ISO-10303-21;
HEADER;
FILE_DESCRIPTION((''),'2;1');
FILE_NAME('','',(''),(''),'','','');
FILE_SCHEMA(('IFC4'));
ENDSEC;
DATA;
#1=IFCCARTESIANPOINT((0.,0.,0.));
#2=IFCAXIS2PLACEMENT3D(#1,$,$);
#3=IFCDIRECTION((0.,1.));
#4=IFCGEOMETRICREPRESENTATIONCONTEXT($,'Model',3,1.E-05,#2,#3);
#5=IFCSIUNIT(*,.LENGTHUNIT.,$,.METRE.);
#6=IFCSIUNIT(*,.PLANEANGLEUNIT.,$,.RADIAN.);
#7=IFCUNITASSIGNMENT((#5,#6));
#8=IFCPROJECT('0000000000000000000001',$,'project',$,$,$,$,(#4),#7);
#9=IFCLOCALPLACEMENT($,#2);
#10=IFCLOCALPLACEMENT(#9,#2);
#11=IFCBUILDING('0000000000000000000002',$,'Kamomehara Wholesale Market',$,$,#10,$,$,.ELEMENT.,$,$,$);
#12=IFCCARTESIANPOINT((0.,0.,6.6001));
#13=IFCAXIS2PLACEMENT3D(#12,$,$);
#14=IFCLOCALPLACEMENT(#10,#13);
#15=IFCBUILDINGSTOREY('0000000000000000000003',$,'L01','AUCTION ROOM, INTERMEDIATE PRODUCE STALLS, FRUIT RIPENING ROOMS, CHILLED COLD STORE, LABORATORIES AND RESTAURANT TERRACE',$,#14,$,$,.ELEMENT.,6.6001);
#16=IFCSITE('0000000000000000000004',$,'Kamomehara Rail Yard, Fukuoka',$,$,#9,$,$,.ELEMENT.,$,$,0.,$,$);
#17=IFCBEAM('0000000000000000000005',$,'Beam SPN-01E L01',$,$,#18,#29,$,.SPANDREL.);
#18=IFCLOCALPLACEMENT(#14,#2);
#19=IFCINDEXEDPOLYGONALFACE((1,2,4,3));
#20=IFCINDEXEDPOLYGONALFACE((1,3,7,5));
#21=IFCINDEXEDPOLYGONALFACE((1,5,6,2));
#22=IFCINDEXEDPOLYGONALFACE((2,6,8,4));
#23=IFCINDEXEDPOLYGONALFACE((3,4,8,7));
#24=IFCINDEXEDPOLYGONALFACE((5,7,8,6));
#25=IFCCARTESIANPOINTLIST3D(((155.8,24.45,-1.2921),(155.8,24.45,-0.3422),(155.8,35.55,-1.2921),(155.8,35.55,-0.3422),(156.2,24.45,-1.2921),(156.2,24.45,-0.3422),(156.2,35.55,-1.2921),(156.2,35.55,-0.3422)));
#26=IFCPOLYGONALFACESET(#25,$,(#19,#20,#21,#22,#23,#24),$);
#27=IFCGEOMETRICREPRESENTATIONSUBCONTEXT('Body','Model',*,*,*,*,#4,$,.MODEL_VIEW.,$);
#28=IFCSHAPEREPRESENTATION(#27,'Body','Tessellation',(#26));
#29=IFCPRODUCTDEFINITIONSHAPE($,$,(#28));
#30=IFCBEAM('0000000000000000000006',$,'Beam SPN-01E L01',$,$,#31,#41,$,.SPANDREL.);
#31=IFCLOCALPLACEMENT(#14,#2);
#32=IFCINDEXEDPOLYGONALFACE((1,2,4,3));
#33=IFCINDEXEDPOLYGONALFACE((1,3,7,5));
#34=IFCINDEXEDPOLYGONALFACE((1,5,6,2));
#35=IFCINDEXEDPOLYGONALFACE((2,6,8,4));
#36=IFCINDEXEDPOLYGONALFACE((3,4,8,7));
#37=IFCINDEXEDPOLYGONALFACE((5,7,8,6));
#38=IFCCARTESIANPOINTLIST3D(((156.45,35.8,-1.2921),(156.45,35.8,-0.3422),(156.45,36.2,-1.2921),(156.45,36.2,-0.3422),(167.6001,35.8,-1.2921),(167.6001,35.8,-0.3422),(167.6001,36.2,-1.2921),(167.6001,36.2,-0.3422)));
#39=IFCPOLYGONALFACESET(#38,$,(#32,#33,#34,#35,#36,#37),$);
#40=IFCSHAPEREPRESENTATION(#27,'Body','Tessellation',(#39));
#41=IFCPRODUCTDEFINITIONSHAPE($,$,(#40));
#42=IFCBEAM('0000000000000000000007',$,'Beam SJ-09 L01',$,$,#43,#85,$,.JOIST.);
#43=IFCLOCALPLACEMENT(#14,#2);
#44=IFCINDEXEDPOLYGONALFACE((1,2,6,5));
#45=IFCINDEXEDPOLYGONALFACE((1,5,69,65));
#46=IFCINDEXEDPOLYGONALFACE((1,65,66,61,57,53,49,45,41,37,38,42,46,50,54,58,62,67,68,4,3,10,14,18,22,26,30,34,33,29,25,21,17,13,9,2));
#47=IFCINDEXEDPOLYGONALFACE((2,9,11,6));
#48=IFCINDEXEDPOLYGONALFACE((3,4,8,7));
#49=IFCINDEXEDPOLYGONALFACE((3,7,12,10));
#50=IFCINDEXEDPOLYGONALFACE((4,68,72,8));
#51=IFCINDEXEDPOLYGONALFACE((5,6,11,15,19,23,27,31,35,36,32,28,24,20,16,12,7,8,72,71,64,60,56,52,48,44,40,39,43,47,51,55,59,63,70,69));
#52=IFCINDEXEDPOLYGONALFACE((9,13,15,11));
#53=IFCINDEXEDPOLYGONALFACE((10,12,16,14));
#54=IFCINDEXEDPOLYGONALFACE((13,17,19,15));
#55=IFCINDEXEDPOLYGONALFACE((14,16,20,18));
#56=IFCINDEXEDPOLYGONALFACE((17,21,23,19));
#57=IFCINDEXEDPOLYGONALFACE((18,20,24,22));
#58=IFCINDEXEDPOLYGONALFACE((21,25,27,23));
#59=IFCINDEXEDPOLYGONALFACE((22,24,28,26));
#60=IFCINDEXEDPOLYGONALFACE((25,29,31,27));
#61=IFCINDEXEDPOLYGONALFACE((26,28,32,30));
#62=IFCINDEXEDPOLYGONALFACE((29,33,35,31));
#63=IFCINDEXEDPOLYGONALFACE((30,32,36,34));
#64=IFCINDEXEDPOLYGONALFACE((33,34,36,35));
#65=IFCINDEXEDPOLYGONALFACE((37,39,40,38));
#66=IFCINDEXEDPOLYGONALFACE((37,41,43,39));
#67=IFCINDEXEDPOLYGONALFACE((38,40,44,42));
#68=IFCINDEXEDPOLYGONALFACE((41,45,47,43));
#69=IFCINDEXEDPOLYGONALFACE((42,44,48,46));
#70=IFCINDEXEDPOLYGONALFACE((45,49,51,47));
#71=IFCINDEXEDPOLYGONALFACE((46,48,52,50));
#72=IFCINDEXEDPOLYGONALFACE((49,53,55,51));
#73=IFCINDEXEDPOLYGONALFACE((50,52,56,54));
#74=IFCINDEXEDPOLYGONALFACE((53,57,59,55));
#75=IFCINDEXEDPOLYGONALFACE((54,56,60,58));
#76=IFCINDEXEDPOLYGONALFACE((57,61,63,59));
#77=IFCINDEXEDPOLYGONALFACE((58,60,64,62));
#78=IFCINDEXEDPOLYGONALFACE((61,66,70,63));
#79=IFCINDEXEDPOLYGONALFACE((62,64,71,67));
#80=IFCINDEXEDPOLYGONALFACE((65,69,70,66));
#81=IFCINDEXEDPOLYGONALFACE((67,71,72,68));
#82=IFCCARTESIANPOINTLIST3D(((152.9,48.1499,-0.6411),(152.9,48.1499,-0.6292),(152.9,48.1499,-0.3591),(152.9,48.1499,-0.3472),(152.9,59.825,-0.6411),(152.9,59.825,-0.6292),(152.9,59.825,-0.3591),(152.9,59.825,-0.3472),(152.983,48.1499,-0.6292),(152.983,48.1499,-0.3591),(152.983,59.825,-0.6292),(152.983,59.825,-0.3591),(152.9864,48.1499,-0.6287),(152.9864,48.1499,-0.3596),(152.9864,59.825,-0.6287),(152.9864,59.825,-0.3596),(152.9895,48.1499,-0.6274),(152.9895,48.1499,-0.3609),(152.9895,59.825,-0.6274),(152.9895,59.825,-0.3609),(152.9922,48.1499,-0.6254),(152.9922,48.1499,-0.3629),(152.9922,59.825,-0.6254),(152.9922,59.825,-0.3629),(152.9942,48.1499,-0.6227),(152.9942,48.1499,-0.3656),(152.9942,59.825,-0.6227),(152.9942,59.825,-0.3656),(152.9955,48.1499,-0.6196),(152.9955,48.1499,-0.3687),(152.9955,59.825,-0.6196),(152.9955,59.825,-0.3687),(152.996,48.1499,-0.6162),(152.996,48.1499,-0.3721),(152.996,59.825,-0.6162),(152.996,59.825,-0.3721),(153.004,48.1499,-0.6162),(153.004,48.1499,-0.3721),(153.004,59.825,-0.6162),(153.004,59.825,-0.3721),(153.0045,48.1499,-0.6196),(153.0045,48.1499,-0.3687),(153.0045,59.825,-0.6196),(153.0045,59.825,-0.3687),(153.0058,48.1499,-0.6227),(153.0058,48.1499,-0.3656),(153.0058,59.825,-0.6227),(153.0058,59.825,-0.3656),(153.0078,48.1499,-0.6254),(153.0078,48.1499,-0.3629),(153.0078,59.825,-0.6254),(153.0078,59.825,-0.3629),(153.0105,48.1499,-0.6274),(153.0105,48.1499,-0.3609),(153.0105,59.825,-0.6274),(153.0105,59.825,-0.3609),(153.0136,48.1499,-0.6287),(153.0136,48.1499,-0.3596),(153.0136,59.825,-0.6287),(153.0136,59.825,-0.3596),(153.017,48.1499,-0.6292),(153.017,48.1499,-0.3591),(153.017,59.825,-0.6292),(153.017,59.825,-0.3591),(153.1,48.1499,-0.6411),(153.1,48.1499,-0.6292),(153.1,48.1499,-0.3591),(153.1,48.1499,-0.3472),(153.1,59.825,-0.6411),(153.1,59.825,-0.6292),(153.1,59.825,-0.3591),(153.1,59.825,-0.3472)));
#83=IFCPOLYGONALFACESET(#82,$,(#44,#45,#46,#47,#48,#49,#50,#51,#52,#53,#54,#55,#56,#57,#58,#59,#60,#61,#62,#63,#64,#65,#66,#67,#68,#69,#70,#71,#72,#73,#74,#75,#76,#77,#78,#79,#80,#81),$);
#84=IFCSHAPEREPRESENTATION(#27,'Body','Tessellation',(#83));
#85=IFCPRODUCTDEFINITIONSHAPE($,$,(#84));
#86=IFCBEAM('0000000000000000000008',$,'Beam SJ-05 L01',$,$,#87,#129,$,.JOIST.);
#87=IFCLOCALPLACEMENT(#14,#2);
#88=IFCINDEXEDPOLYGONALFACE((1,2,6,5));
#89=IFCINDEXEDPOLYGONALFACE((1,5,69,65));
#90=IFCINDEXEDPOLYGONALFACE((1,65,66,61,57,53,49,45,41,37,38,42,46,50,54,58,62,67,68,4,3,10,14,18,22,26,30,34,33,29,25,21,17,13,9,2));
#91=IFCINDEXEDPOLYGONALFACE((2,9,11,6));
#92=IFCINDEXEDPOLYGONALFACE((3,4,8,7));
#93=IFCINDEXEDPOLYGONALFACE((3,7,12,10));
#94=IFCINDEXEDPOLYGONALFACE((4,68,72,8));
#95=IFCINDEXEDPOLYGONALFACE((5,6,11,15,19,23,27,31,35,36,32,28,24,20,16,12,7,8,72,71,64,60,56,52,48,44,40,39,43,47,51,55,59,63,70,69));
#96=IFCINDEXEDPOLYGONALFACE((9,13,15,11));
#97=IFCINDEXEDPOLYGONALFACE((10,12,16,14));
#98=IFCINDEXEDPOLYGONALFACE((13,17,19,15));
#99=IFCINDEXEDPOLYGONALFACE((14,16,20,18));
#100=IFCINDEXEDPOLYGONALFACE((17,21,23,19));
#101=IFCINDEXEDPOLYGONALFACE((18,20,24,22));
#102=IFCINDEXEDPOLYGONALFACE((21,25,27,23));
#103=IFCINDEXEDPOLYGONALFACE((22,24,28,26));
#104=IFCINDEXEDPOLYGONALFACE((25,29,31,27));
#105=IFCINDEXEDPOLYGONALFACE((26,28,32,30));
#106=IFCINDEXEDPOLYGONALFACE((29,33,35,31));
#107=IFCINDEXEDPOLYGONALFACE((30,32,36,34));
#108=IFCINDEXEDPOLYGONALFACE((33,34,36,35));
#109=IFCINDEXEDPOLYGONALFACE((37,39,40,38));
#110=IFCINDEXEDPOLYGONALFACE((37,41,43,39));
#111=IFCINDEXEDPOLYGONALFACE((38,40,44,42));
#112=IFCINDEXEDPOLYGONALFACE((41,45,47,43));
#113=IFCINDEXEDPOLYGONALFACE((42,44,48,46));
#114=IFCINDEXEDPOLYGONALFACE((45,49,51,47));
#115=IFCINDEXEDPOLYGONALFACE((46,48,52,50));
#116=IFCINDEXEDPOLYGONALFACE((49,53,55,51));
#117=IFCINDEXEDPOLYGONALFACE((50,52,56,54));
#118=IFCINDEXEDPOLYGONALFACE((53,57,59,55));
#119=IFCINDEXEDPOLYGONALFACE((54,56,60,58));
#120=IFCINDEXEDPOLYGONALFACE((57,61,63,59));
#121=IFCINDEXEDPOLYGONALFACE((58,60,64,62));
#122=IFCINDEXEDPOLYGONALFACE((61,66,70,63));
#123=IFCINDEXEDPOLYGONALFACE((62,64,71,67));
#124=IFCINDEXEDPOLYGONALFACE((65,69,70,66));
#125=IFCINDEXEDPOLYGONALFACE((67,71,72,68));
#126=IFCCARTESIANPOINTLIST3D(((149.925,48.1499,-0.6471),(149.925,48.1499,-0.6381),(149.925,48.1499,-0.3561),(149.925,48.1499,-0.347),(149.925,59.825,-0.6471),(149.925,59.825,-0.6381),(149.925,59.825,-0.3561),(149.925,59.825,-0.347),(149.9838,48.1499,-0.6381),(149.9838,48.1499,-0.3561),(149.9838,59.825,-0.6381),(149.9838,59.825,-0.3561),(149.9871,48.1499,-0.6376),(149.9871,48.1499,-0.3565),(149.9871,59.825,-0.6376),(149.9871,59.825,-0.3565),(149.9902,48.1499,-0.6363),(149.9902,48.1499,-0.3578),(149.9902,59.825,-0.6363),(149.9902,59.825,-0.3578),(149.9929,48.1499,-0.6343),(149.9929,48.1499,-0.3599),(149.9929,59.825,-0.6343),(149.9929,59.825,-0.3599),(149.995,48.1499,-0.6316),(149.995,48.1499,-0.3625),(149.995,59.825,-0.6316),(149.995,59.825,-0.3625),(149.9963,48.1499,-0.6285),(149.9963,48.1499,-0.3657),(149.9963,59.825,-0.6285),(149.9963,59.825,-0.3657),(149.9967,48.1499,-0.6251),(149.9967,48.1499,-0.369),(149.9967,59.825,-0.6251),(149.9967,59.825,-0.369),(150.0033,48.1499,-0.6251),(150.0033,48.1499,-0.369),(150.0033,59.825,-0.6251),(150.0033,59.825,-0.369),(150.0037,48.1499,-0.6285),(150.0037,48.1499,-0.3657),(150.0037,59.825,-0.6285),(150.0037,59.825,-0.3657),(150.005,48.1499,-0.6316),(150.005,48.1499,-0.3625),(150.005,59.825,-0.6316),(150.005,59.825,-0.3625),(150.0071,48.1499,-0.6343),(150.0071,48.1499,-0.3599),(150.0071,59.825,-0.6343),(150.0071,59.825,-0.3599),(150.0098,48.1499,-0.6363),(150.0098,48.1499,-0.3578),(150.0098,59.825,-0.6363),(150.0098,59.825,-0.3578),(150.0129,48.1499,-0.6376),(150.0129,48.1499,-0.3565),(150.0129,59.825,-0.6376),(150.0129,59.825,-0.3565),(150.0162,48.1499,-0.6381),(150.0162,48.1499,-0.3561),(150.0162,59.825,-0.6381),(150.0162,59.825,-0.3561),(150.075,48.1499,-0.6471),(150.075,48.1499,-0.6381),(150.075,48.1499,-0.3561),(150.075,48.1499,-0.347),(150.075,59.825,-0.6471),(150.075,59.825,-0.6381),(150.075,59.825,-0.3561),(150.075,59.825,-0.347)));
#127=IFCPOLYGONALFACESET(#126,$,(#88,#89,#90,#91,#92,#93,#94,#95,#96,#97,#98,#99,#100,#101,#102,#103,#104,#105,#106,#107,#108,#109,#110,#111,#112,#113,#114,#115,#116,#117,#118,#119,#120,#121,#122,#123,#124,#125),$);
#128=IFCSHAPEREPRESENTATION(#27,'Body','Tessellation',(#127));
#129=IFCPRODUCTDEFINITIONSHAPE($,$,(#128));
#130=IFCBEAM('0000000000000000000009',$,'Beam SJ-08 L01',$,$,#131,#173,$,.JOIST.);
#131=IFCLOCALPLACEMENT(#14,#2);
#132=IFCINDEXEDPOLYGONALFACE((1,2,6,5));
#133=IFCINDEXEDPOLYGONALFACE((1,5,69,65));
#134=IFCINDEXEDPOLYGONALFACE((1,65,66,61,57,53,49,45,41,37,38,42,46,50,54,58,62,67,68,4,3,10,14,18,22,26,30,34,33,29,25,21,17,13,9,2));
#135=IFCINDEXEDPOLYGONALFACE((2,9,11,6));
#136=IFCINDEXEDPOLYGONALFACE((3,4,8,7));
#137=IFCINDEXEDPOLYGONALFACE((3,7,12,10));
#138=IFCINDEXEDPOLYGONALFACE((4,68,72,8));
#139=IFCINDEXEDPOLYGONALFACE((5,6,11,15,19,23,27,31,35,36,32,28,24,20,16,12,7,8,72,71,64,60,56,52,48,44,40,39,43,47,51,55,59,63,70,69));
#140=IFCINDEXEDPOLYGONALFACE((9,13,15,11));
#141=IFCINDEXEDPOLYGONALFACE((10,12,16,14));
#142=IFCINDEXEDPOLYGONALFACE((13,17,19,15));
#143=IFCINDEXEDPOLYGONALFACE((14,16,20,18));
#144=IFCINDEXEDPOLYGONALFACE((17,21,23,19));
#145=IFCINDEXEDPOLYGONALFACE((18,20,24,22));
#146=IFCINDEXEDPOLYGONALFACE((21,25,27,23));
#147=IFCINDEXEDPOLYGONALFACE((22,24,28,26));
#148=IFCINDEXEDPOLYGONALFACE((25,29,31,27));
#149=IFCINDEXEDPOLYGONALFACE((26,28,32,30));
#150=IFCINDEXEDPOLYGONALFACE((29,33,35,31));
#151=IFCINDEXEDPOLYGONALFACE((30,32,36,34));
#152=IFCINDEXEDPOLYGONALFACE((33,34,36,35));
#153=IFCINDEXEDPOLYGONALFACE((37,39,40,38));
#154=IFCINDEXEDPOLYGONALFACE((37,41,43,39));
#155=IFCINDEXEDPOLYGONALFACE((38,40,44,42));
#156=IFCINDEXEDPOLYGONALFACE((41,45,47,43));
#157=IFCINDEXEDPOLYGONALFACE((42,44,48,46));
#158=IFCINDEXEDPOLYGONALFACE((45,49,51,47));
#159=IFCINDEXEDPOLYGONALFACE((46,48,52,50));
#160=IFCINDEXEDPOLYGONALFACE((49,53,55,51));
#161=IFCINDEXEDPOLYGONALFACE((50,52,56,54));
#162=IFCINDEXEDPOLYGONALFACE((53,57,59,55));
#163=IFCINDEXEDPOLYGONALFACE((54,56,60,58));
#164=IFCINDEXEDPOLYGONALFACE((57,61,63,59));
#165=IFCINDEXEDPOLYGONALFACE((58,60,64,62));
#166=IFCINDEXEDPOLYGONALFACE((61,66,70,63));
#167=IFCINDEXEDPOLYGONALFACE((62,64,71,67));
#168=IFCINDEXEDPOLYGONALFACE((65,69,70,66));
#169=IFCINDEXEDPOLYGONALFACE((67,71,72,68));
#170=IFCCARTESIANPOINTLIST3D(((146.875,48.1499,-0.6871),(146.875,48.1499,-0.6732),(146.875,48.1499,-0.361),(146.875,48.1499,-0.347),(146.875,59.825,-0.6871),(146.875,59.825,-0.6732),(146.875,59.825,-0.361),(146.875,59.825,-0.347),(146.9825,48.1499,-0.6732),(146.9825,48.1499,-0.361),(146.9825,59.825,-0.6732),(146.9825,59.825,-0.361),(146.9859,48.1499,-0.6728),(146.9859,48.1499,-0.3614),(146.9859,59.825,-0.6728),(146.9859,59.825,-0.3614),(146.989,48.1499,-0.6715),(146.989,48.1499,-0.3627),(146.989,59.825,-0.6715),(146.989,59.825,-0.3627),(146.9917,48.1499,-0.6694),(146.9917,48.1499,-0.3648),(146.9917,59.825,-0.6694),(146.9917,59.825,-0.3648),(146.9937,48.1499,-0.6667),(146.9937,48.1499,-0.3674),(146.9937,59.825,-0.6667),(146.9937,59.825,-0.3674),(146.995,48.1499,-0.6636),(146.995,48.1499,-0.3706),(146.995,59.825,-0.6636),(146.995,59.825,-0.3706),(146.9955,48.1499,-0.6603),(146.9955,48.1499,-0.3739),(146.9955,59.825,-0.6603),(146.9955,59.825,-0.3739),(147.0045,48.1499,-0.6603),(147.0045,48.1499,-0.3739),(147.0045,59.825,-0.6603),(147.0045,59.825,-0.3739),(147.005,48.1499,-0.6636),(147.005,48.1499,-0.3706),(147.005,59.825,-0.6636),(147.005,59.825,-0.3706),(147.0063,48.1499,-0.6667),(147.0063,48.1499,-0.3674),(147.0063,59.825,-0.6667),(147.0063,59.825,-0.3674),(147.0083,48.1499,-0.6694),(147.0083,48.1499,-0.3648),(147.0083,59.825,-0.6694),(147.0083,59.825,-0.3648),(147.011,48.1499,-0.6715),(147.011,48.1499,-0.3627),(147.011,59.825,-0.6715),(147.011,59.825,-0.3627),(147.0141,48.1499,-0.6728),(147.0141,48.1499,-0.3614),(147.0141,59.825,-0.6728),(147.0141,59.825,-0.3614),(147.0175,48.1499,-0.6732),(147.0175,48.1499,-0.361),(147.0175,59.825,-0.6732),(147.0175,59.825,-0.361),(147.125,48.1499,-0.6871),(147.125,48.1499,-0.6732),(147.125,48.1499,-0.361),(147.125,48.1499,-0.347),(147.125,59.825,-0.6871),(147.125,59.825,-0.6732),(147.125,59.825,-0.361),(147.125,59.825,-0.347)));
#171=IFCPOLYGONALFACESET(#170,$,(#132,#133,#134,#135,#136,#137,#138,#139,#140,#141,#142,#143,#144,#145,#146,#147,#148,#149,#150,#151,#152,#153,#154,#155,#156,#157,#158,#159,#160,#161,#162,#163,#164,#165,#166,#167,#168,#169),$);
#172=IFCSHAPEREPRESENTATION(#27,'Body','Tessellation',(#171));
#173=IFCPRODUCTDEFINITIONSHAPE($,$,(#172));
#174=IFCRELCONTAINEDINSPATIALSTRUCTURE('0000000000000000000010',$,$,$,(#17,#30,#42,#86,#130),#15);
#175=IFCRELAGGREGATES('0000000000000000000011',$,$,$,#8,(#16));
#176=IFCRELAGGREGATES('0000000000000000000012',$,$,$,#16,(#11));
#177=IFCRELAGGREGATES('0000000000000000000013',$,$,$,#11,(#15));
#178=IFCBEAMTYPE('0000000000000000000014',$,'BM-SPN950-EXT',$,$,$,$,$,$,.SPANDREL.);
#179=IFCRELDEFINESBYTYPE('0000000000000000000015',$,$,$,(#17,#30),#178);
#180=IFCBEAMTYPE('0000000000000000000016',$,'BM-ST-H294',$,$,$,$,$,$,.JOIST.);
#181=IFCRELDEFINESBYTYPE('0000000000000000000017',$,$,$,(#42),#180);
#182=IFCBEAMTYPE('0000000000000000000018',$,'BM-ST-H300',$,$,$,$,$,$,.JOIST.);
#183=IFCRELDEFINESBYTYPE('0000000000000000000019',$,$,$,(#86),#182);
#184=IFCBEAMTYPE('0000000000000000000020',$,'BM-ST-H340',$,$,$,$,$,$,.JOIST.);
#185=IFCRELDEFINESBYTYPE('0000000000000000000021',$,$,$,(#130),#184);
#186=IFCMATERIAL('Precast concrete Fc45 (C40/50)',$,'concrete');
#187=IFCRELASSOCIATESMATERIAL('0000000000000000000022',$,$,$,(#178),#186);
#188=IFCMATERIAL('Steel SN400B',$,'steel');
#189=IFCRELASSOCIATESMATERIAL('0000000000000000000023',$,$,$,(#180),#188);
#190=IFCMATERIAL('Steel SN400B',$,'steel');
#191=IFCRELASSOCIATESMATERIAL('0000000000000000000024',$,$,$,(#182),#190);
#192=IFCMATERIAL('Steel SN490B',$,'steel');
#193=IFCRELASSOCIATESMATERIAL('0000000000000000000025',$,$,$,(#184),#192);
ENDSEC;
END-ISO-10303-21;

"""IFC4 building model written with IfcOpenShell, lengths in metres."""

from ifc_helpers import new_model, si_unit, direction, frame, origin, origin_2d, place, context, subcontext, project, spatial, rectangle, i_section, extrude, material, material_profile, profile_set, type_object, element, save


model = new_model("IFC4")

# Units and contexts
model_context = context("Model", 3, precision=1e-05, world=origin(), true_north=direction((0.0, 1.0)))
body_context = subcontext(model_context, "Body", "Model", "MODEL_VIEW")
ifc_project = project(units=[si_unit("LENGTHUNIT", "METRE"), si_unit("PLANEANGLEUNIT", "RADIAN")], contexts=[model_context])

# Site, building, storey
site_placement = place(None, origin())
site = spatial("IfcSite", under=ifc_project, at=site_placement, Name="Kamomehara Rail Yard, Fukuoka", CompositionType="ELEMENT", RefElevation=0.0)
building_placement = place(site_placement, origin())
building = spatial("IfcBuilding", under=site, at=building_placement, Name="Kamomehara Wholesale Market", CompositionType="ELEMENT")
storey_placement = place(building_placement, frame((0.0, 0.0, 6.6001)))
storey = spatial("IfcBuildingStorey", under=building, at=storey_placement, Name="L01", Description="AUCTION ROOM, INTERMEDIATE PRODUCE STALLS, FRUIT RIPENING ROOMS, CHILLED COLD STORE, LABORATORIES AND RESTAURANT TERRACE", CompositionType="ELEMENT", Elevation=6.6001)

# Beams
ifc_material_1 = material(Name="Precast concrete Fc45 (C40/50)", Category="concrete")
ifc_material_profile_1 = material_profile(ifc_material_1, rectangle(XDim=0.3999, YDim=0.95, at=origin_2d()), Name="PC-SPN-400x950")
ifc_profile_set_1 = profile_set([ifc_material_profile_1], Name="Precast concrete Fc45 (C40/50)")
beam_type_1 = type_object("IfcBeamType", Name="BM-SPN950-EXT", PredefinedType="SPANDREL", material=ifc_profile_set_1)
beam_1_placement = place(storey_placement, frame((156.0, 24.45, -0.8171), z_axis=(0.0, 1.0, 0.0), x_axis=(-1.0, 0.0, 0.0)))
element("IfcBeam", 1, at=beam_1_placement, inside=storey, type_object=beam_type_1, Name="Beam SPN-01E L01", PredefinedType="SPANDREL", context=body_context, shape_type="SweptSolid", body=[
    extrude(rectangle(XDim=0.3999, YDim=0.95, at=origin_2d()), origin(), (0.0, 0.0, 1.0), 11.1001),
])
beam_2_placement = place(storey_placement, frame((156.45, 36.0, -0.8171), z_axis=(1.0, 0.0, 0.0), x_axis=(0.0, 1.0, 0.0)))
element("IfcBeam", 2, at=beam_2_placement, inside=storey, type_object=beam_type_1, Name="Beam SPN-01E L01", PredefinedType="SPANDREL", context=body_context, shape_type="SweptSolid", body=[
    extrude(rectangle(XDim=0.3999, YDim=0.95, at=origin_2d()), origin(), (0.0, 0.0, 1.0), 11.1501),
])
ifc_material_2 = material(Name="Steel SN400B", Category="steel")
ifc_material_profile_2 = material_profile(ifc_material_2, i_section(OverallWidth=0.2, OverallDepth=0.2939, WebThickness=0.0081, FlangeThickness=0.012, FilletRadius=0.0129, at=origin_2d()), Name="H-294x200x8x12")
ifc_profile_set_2 = profile_set([ifc_material_profile_2], Name="Steel SN400B")
beam_type_2 = type_object("IfcBeamType", Name="BM-ST-H294", PredefinedType="JOIST", material=ifc_profile_set_2)
beam_3_placement = place(storey_placement, frame((153.0, 48.1499, -0.4941), z_axis=(0.0, 1.0, 0.0), x_axis=(-1.0, 0.0, 0.0)))
element("IfcBeam", 3, at=beam_3_placement, inside=storey, type_object=beam_type_2, Name="Beam SJ-09 L01", PredefinedType="JOIST", context=body_context, shape_type="SweptSolid", body=[
    extrude(i_section(OverallWidth=0.2, OverallDepth=0.2939, WebThickness=0.0081, FlangeThickness=0.012, FilletRadius=0.0129, at=origin_2d()), origin(), (0.0, 0.0, 1.0), 11.675),
])
ifc_material_3 = material(Name="Steel SN400B", Category="steel")
ifc_material_profile_3 = material_profile(ifc_material_3, i_section(OverallWidth=0.1499, OverallDepth=0.3, WebThickness=0.0066, FlangeThickness=0.009, FilletRadius=0.0129, at=origin_2d()), Name="H-300x150x6.5x9")
ifc_profile_set_3 = profile_set([ifc_material_profile_3], Name="Steel SN400B")
beam_type_3 = type_object("IfcBeamType", Name="BM-ST-H300", PredefinedType="JOIST", material=ifc_profile_set_3)
beam_4_placement = place(storey_placement, frame((150.0, 48.1499, -0.4971), z_axis=(0.0, 1.0, 0.0), x_axis=(-1.0, 0.0, 0.0)))
element("IfcBeam", 4, at=beam_4_placement, inside=storey, type_object=beam_type_3, Name="Beam SJ-05 L01", PredefinedType="JOIST", context=body_context, shape_type="SweptSolid", body=[
    extrude(i_section(OverallWidth=0.1499, OverallDepth=0.3, WebThickness=0.0066, FlangeThickness=0.009, FilletRadius=0.0129, at=origin_2d()), origin(), (0.0, 0.0, 1.0), 11.675),
])
ifc_material_4 = material(Name="Steel SN490B", Category="steel")
ifc_material_profile_4 = material_profile(ifc_material_4, i_section(OverallWidth=0.25, OverallDepth=0.3401, WebThickness=0.009, FlangeThickness=0.0139, FilletRadius=0.0129, at=origin_2d()), Name="H-340x250x9x14")
ifc_profile_set_4 = profile_set([ifc_material_profile_4], Name="Steel SN490B")
beam_type_4 = type_object("IfcBeamType", Name="BM-ST-H340", PredefinedType="JOIST", material=ifc_profile_set_4)
beam_5_placement = place(storey_placement, frame((147.0, 48.1499, -0.5171), z_axis=(0.0, 1.0, 0.0), x_axis=(-1.0, 0.0, 0.0)))
element("IfcBeam", 5, at=beam_5_placement, inside=storey, type_object=beam_type_4, Name="Beam SJ-08 L01", PredefinedType="JOIST", context=body_context, shape_type="SweptSolid", body=[
    extrude(i_section(OverallWidth=0.25, OverallDepth=0.3401, WebThickness=0.009, FlangeThickness=0.0139, FilletRadius=0.0129, at=origin_2d()), origin(), (0.0, 0.0, 1.0), 11.675),
])

save(model, "model.ifc")
